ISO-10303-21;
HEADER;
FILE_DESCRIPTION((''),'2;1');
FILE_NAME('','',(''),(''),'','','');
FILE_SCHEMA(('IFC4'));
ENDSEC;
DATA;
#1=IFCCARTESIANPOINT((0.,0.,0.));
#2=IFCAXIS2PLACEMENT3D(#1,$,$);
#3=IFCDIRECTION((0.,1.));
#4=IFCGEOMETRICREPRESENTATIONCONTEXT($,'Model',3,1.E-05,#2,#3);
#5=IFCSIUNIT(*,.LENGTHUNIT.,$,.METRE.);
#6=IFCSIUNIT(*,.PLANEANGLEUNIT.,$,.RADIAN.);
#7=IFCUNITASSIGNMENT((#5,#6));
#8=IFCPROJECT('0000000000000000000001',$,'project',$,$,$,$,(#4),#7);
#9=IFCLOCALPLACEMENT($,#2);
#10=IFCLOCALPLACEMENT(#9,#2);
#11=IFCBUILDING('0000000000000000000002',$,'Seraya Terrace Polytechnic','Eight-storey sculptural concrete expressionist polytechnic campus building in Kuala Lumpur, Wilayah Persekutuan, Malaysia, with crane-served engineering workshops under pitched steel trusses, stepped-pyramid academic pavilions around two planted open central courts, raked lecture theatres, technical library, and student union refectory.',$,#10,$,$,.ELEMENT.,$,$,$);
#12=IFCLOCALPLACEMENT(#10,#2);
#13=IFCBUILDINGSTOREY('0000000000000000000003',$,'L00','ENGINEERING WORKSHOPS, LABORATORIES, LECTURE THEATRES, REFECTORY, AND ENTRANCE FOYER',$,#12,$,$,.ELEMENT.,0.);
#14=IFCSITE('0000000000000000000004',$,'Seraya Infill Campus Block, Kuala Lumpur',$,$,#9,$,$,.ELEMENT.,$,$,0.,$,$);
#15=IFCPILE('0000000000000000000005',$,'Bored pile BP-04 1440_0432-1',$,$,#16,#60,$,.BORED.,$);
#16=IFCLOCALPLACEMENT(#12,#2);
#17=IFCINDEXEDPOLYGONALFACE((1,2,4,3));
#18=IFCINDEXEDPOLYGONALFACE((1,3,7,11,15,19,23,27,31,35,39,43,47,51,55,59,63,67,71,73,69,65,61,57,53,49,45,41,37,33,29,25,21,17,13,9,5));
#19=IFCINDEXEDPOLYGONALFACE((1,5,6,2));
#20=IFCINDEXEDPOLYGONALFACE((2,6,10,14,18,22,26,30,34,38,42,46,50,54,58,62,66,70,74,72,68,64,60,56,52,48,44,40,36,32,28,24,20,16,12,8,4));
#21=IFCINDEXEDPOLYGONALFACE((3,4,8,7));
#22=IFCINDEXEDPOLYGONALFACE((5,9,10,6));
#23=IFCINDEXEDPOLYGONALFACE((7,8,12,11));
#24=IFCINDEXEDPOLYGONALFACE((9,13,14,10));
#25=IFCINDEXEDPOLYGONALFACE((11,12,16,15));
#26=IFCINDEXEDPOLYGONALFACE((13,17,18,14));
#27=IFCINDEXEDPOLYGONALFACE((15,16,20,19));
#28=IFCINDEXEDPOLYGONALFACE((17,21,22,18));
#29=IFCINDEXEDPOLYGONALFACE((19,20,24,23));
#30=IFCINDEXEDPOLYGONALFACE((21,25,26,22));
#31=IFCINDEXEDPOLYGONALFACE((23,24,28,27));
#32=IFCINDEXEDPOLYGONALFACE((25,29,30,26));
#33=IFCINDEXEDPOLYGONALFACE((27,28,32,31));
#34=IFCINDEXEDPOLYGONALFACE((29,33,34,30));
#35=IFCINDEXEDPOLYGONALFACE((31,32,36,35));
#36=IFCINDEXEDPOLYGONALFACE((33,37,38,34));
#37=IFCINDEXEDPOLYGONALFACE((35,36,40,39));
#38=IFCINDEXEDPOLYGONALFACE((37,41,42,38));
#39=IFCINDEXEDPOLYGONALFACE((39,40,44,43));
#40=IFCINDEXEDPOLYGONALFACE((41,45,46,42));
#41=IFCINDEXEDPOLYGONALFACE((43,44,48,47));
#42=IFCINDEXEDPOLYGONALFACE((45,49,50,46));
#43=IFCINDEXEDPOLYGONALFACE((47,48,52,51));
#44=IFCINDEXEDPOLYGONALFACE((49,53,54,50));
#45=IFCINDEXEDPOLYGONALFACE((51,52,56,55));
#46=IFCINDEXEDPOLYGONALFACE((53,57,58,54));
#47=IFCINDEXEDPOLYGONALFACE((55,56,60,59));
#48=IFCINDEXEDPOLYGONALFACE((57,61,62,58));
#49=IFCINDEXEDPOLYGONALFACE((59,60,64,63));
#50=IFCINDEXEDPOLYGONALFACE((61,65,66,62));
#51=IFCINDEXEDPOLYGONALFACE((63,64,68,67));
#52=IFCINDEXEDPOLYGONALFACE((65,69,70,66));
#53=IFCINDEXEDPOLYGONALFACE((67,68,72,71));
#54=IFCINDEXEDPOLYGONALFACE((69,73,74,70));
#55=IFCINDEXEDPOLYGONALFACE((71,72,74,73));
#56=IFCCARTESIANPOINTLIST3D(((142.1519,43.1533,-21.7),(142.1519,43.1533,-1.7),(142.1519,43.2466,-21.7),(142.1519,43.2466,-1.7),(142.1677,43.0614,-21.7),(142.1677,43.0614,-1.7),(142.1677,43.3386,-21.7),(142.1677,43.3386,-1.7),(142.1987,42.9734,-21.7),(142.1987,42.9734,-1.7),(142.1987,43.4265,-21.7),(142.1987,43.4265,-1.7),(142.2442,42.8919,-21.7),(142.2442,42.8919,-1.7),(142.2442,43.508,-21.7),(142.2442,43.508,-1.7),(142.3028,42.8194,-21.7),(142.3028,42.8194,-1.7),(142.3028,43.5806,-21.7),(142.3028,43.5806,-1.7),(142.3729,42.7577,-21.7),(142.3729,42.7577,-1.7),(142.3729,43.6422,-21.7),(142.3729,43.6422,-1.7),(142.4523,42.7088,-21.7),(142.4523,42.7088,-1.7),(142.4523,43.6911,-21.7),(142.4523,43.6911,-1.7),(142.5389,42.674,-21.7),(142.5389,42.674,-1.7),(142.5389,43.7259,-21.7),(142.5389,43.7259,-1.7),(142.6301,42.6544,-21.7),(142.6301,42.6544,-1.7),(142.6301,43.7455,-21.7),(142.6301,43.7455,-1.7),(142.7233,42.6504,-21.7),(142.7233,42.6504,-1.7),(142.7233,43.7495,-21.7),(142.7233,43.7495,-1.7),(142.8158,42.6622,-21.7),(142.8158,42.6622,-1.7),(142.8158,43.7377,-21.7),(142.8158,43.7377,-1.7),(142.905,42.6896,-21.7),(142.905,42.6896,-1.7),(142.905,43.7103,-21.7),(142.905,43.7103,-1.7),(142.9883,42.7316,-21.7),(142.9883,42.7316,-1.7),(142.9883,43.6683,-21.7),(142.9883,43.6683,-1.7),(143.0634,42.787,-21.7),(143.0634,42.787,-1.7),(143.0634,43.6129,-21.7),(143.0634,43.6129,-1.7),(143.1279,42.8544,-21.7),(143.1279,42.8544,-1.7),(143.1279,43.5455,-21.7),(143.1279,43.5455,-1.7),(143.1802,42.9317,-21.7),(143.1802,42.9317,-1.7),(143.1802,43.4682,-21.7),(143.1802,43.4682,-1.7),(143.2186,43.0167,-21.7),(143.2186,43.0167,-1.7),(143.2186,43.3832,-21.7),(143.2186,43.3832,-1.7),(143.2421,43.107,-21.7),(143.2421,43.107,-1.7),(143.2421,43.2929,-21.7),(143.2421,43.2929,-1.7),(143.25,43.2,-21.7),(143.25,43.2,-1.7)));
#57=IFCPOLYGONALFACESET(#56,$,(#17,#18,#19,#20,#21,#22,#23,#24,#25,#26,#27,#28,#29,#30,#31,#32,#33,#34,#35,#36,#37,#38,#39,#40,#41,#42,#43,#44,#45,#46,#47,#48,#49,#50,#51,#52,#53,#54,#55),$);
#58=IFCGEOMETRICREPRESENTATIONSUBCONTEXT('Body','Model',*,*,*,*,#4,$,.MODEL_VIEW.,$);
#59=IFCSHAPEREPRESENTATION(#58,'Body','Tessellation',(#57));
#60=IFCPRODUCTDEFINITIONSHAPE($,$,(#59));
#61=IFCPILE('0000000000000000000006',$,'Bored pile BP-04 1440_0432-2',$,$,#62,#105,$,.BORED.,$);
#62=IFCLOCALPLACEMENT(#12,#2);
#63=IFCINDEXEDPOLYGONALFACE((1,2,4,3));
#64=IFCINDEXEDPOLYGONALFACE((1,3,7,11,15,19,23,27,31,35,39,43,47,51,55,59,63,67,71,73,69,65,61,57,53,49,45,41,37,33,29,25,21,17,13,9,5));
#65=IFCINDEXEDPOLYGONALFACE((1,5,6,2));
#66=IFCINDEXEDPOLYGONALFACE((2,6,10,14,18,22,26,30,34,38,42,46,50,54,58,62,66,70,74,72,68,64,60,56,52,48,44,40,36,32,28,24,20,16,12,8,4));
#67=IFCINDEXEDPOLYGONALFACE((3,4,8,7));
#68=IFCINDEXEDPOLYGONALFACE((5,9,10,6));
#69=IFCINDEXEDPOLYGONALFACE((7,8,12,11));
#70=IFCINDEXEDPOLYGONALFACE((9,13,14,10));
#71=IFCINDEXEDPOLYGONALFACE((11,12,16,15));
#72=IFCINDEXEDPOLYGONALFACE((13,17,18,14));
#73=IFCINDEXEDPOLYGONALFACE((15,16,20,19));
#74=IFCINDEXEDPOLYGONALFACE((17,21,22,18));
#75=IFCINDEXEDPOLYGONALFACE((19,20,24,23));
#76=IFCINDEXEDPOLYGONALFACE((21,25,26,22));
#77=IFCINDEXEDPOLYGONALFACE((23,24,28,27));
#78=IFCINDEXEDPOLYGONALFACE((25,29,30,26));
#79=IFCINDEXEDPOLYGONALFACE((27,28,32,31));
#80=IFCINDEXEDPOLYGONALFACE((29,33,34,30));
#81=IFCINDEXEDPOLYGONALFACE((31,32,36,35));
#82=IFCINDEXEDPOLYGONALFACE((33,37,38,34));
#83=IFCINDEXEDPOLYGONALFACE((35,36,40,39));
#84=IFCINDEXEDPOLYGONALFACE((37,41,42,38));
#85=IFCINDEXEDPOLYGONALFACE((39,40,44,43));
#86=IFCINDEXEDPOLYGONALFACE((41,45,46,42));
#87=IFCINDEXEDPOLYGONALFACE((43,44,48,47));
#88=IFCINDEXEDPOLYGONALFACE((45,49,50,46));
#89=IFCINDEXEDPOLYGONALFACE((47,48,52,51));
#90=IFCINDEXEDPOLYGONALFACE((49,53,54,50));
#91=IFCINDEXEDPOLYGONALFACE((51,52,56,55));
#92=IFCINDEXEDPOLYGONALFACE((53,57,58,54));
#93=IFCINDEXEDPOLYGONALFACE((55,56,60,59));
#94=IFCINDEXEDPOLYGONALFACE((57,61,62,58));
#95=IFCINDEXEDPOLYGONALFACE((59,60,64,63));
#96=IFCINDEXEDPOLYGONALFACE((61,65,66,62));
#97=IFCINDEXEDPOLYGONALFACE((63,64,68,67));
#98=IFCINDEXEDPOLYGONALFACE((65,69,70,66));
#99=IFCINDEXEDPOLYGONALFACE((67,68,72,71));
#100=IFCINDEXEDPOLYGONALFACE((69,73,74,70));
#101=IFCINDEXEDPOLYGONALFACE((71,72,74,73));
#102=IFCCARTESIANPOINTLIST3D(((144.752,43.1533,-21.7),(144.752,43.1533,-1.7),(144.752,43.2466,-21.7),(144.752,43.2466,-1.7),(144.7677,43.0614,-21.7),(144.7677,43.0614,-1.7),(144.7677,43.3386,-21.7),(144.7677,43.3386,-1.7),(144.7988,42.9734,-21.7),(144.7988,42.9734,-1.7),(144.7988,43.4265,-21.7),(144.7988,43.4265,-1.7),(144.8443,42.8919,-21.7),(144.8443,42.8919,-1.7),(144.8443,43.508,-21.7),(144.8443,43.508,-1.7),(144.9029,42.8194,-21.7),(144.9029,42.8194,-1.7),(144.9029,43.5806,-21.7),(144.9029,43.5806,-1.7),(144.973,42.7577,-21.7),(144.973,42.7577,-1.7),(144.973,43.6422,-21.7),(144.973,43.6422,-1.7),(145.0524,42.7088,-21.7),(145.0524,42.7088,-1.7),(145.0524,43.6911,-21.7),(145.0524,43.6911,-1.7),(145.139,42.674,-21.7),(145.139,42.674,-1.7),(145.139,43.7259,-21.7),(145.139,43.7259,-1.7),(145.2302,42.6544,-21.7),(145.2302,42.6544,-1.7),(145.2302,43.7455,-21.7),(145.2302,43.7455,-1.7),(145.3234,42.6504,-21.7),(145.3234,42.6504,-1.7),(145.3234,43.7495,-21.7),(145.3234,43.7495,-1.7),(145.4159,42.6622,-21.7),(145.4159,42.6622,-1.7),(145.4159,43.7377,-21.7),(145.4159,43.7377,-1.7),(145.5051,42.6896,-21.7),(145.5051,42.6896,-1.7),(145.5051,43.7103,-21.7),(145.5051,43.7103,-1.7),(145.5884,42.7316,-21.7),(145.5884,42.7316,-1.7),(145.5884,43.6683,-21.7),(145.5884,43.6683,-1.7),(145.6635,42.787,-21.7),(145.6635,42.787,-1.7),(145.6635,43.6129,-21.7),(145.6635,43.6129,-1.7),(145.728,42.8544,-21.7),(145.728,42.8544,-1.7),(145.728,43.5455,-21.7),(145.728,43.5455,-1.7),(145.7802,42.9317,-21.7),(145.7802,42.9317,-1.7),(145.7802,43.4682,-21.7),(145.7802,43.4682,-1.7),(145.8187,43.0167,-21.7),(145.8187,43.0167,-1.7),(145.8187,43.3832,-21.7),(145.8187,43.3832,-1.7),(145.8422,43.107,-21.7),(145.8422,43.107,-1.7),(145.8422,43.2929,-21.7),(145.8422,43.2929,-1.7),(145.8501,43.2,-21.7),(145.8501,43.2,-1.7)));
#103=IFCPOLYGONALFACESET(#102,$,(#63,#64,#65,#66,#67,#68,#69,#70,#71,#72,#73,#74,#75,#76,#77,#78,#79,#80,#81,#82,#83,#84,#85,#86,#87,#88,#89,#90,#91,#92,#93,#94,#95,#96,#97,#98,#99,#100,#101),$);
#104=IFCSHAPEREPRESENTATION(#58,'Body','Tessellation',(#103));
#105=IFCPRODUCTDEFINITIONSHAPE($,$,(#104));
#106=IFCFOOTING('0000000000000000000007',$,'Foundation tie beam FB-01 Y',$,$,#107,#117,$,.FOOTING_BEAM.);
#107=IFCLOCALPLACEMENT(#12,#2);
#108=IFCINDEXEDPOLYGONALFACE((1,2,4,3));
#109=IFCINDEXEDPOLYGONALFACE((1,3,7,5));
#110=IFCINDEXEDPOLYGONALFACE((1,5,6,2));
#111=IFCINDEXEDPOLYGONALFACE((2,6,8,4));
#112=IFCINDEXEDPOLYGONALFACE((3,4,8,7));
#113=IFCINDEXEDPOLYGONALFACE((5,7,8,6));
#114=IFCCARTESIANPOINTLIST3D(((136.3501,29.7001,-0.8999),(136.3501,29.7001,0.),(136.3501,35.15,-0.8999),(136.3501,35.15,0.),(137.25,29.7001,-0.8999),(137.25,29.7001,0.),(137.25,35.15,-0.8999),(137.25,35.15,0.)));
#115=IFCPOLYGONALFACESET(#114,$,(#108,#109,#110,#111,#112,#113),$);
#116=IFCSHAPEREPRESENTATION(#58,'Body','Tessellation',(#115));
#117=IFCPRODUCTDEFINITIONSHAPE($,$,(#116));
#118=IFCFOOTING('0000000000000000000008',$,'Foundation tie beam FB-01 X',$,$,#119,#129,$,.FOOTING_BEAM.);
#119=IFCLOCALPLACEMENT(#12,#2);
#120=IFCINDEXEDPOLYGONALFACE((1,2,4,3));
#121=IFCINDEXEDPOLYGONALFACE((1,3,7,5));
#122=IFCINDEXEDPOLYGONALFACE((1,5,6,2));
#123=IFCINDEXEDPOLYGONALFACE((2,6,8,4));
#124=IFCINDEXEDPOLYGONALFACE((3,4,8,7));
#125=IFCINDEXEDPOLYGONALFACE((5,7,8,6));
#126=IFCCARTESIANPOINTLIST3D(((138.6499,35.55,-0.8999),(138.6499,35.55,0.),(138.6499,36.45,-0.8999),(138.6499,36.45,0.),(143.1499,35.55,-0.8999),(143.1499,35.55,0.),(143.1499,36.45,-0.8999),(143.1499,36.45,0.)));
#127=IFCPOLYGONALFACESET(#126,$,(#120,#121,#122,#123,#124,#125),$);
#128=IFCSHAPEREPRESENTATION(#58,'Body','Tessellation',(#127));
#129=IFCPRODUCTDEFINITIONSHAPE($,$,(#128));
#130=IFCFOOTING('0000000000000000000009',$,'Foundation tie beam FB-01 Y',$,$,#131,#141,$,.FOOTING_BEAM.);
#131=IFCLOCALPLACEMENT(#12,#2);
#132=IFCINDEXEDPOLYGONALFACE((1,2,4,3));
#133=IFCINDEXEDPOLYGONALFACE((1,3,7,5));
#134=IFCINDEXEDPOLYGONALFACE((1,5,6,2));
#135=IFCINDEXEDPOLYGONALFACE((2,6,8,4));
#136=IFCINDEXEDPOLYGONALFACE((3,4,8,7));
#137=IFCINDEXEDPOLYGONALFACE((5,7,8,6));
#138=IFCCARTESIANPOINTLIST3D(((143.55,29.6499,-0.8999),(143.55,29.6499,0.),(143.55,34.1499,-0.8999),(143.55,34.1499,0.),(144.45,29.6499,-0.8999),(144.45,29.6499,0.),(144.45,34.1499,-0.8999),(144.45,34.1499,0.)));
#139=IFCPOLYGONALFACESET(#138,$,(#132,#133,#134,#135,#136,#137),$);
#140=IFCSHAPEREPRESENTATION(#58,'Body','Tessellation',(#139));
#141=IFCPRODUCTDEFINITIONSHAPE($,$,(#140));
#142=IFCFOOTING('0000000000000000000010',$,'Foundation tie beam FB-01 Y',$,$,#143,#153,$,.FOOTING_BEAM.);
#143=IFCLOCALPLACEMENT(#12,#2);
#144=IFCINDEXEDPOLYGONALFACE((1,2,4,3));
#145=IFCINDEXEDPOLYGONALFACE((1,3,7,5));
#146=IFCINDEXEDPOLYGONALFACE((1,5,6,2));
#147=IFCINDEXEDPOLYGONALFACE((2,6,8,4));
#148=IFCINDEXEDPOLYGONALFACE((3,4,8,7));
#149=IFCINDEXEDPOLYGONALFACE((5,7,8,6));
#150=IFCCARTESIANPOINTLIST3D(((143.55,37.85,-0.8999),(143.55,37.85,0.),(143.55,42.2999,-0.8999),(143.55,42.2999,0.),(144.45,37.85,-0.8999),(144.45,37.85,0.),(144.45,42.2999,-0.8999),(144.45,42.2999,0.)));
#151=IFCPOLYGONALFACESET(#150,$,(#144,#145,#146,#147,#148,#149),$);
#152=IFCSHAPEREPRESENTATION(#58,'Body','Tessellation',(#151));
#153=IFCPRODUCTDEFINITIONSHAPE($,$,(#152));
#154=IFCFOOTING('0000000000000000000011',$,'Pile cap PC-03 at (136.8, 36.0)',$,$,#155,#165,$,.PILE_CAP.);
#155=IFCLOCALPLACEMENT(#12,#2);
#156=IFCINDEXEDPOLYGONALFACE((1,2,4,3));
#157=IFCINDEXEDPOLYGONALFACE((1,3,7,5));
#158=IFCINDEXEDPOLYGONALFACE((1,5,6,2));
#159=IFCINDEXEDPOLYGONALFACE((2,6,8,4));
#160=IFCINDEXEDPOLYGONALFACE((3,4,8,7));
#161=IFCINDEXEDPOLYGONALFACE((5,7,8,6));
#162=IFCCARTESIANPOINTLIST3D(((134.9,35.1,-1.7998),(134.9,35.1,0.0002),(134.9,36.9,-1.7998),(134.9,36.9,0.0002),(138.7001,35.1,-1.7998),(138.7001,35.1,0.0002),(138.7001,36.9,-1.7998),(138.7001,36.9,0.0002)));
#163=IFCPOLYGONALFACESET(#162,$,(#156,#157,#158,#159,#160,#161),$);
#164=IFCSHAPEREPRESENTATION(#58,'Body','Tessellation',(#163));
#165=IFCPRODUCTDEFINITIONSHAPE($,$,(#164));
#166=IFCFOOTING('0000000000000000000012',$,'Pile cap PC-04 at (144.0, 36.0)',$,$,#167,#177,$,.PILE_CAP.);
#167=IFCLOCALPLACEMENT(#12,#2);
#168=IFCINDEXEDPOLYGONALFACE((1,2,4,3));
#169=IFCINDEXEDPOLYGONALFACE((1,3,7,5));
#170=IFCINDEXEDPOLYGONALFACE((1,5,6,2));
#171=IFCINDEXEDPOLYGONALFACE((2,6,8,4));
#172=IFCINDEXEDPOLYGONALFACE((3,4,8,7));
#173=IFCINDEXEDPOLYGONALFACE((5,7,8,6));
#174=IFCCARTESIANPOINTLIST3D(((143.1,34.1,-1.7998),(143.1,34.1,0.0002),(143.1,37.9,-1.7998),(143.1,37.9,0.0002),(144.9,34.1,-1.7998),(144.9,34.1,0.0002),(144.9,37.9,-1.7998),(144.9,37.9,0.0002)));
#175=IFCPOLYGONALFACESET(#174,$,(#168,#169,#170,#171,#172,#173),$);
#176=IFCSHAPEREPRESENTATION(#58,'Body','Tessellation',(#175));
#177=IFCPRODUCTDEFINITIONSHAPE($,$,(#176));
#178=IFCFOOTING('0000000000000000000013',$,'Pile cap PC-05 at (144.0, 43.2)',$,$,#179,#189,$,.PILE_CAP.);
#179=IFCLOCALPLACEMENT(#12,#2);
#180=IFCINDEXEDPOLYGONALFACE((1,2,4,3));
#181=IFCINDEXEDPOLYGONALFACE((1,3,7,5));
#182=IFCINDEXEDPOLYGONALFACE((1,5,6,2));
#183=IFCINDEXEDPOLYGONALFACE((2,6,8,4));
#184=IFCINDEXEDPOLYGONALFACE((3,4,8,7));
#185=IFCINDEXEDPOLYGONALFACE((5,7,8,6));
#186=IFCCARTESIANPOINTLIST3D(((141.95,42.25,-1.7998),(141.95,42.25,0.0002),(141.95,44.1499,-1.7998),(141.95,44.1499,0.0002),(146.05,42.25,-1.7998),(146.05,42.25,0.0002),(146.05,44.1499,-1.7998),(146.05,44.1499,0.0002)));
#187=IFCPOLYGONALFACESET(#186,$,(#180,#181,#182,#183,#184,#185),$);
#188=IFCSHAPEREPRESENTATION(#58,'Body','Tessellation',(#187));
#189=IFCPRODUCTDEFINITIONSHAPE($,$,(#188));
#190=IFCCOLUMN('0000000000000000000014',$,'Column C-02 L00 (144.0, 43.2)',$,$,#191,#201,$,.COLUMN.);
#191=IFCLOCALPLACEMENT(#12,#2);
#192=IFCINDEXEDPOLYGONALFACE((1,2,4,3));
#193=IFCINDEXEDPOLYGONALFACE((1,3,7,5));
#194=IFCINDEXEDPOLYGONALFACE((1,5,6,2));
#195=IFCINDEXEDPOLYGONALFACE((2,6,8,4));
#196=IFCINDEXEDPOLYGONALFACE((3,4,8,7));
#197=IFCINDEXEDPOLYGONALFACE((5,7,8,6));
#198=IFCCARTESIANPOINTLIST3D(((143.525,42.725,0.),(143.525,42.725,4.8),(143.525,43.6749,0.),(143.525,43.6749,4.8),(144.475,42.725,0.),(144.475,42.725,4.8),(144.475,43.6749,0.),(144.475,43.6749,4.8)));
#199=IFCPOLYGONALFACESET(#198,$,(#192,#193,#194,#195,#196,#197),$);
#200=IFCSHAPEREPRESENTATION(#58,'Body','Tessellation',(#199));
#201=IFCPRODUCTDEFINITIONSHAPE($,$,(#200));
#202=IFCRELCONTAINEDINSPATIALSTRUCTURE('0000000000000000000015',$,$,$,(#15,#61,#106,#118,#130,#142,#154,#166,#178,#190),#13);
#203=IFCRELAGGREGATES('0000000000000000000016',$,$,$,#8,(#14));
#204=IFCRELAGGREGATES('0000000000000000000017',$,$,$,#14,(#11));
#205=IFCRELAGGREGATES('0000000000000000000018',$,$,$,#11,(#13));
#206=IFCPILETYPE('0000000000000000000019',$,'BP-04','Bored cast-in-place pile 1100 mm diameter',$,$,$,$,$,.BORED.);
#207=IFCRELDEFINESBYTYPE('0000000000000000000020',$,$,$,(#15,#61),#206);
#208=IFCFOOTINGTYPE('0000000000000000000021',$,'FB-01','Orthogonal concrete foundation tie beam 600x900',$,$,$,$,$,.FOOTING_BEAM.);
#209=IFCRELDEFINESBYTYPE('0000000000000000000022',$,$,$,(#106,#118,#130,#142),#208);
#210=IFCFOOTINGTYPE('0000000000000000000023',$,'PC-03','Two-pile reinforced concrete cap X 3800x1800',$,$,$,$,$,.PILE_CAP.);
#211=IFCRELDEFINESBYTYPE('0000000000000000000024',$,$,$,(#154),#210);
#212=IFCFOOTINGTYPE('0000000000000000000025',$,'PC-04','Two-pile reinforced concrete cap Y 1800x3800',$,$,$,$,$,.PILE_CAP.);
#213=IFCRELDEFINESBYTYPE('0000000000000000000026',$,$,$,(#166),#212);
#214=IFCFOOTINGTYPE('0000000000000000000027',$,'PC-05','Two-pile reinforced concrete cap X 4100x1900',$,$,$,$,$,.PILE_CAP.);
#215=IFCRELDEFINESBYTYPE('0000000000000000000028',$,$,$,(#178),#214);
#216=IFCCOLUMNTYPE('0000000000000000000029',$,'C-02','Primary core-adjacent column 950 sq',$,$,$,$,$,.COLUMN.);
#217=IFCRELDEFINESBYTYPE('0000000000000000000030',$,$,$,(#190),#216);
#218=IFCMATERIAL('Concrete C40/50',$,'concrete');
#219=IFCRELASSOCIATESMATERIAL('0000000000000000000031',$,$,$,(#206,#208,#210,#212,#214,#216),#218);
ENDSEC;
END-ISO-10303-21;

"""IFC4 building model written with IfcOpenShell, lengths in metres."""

from ifc_helpers import new_model, si_unit, direction, frame, origin, origin_2d, place, context, subcontext, project, spatial, rectangle, circle, extrude, material, material_profile, profile_set, type_object, element, save


model = new_model("IFC4")

# Units and contexts
model_context = context("Model", 3, precision=1e-05, world=origin(), true_north=direction((0.0, 1.0)))
body_context = subcontext(model_context, "Body", "Model", "MODEL_VIEW")
ifc_project = project(units=[si_unit("LENGTHUNIT", "METRE"), si_unit("PLANEANGLEUNIT", "RADIAN")], contexts=[model_context])

# Site, building, storey
site_placement = place(None, origin())
site = spatial("IfcSite", under=ifc_project, at=site_placement, Name="Seraya Infill Campus Block, Kuala Lumpur", CompositionType="ELEMENT", RefElevation=0.0)
building_placement = place(site_placement, origin())
building = spatial("IfcBuilding", under=site, at=building_placement, Name="Seraya Terrace Polytechnic", Description="Eight-storey sculptural concrete expressionist polytechnic campus building in Kuala Lumpur, Wilayah Persekutuan, Malaysia, with crane-served engineering workshops under pitched steel trusses, stepped-pyramid academic pavilions around two planted open central courts, raked lecture theatres, technical library, and student union refectory.", CompositionType="ELEMENT")
storey_placement = place(building_placement, origin())
storey = spatial("IfcBuildingStorey", under=building, at=storey_placement, Name="L00", Description="ENGINEERING WORKSHOPS, LABORATORIES, LECTURE THEATRES, REFECTORY, AND ENTRANCE FOYER", CompositionType="ELEMENT", Elevation=0.0)

# Piles
ifc_material_1 = material(Name="Concrete C40/50", Category="concrete")
ifc_material_profile_1 = material_profile(ifc_material_1, circle(Radius=0.55, at=origin_2d()), Name="DIA 1100")
ifc_profile_set_1 = profile_set([ifc_material_profile_1], Name="Concrete C40/50")
pile_type_1 = type_object("IfcPileType", Name="BP-04", Description="Bored cast-in-place pile 1100 mm diameter", PredefinedType="BORED", material=ifc_profile_set_1)
for number, where, z_axis, x_axis, name in (
    (1, (142.7, 43.2, -1.7), (0.0, 0.0, -1.0), (1.0, 0.0, 0.0), "Bored pile BP-04 1440_0432-1"),
    (2, (145.3, 43.2, -1.7), (0.0, 0.0, -1.0), (1.0, 0.0, 0.0), "Bored pile BP-04 1440_0432-2"),
):
    element("IfcPile", number, at=place(storey_placement, frame(where, z_axis=z_axis, x_axis=x_axis)), inside=storey, type_object=pile_type_1, Name=name, PredefinedType="BORED", context=body_context, shape_type="SweptSolid", body=[
        extrude(circle(Radius=0.55, at=origin_2d()), origin(), (0.0, 0.0, 1.0), 20.0),
    ])

# Footings
footing_type_1 = type_object("IfcFootingType", Name="FB-01", Description="Orthogonal concrete foundation tie beam 600x900", PredefinedType="FOOTING_BEAM", material=ifc_material_1)
footing_1_placement = place(storey_placement, frame((136.8, 32.425, -0.8999), z_axis=(0.0, 0.0, 1.0), x_axis=(0.0, 1.0, 0.0)))
element("IfcFooting", 3, at=footing_1_placement, inside=storey, type_object=footing_type_1, Name="Foundation tie beam FB-01 Y", PredefinedType="FOOTING_BEAM", context=body_context, shape_type="SweptSolid", body=[
    extrude(rectangle(XDim=5.45, YDim=0.8999, at=origin_2d()), origin(), (0.0, 0.0, 1.0), 0.8999),
])
for number, where, z_axis, x_axis, name in (
    (4, (140.8999, 36.0, -0.8999), (0.0, 0.0, 1.0), (1.0, 0.0, 0.0), "Foundation tie beam FB-01 X"),
    (5, (144.0, 31.8999, -0.8999), (0.0, 0.0, 1.0), (0.0, 1.0, 0.0), "Foundation tie beam FB-01 Y"),
):
    element("IfcFooting", number, at=place(storey_placement, frame(where, z_axis=z_axis, x_axis=x_axis)), inside=storey, type_object=footing_type_1, Name=name, PredefinedType="FOOTING_BEAM", context=body_context, shape_type="SweptSolid", body=[
        extrude(rectangle(XDim=4.5, YDim=0.8999, at=origin_2d()), origin(), (0.0, 0.0, 1.0), 0.8999),
    ])
footing_2_placement = place(storey_placement, frame((144.0, 40.075, -0.8999), z_axis=(0.0, 0.0, 1.0), x_axis=(0.0, 1.0, 0.0)))
element("IfcFooting", 6, at=footing_2_placement, inside=storey, type_object=footing_type_1, Name="Foundation tie beam FB-01 Y", PredefinedType="FOOTING_BEAM", context=body_context, shape_type="SweptSolid", body=[
    extrude(rectangle(XDim=4.45, YDim=0.8999, at=origin_2d()), origin(), (0.0, 0.0, 1.0), 0.8999),
])
footing_type_2 = type_object("IfcFootingType", Name="PC-03", Description="Two-pile reinforced concrete cap X 3800x1800", PredefinedType="PILE_CAP", material=ifc_material_1)
footing_3_placement = place(storey_placement, frame((136.8, 36.0, -1.7998), z_axis=(0.0, 0.0, 1.0), x_axis=(1.0, 0.0, 0.0)))
element("IfcFooting", 7, at=footing_3_placement, inside=storey, type_object=footing_type_2, Name="Pile cap PC-03 at (136.8, 36.0)", PredefinedType="PILE_CAP", context=body_context, shape_type="SweptSolid", body=[
    extrude(rectangle(XDim=3.8, YDim=1.8, at=origin_2d()), origin(), (0.0, 0.0, 1.0), 1.8),
])
footing_type_3 = type_object("IfcFootingType", Name="PC-04", Description="Two-pile reinforced concrete cap Y 1800x3800", PredefinedType="PILE_CAP", material=ifc_material_1)
footing_4_placement = place(storey_placement, frame((144.0, 36.0, -1.7998), z_axis=(0.0, 0.0, 1.0), x_axis=(1.0, 0.0, 0.0)))
element("IfcFooting", 8, at=footing_4_placement, inside=storey, type_object=footing_type_3, Name="Pile cap PC-04 at (144.0, 36.0)", PredefinedType="PILE_CAP", context=body_context, shape_type="SweptSolid", body=[
    extrude(rectangle(XDim=1.8, YDim=3.8, at=origin_2d()), origin(), (0.0, 0.0, 1.0), 1.8),
])
footing_type_4 = type_object("IfcFootingType", Name="PC-05", Description="Two-pile reinforced concrete cap X 4100x1900", PredefinedType="PILE_CAP", material=ifc_material_1)
footing_5_placement = place(storey_placement, frame((144.0, 43.2, -1.7998), z_axis=(0.0, 0.0, 1.0), x_axis=(1.0, 0.0, 0.0)))
element("IfcFooting", 9, at=footing_5_placement, inside=storey, type_object=footing_type_4, Name="Pile cap PC-05 at (144.0, 43.2)", PredefinedType="PILE_CAP", context=body_context, shape_type="SweptSolid", body=[
    extrude(rectangle(XDim=4.1001, YDim=1.8999, at=origin_2d()), origin(), (0.0, 0.0, 1.0), 1.8),
])

# Column
ifc_material_profile_2 = material_profile(ifc_material_1, rectangle(XDim=0.95, YDim=0.95, at=origin_2d()), Name="RC 950x950")
ifc_profile_set_2 = profile_set([ifc_material_profile_2], Name="Concrete C40/50")
column_type_1 = type_object("IfcColumnType", Name="C-02", Description="Primary core-adjacent column 950 sq", PredefinedType="COLUMN", material=ifc_profile_set_2)
column_1_placement = place(storey_placement, frame((144.0, 43.2, 0.0), z_axis=(0.0, 0.0, 1.0), x_axis=(1.0, 0.0, 0.0)))
element("IfcColumn", 10, at=column_1_placement, inside=storey, type_object=column_type_1, Name="Column C-02 L00 (144.0, 43.2)", PredefinedType="COLUMN", context=body_context, shape_type="SweptSolid", body=[
    extrude(rectangle(XDim=0.95, YDim=0.95, at=origin_2d()), origin(), (0.0, 0.0, 1.0), 4.8),
])

save(model, "model.ifc")
